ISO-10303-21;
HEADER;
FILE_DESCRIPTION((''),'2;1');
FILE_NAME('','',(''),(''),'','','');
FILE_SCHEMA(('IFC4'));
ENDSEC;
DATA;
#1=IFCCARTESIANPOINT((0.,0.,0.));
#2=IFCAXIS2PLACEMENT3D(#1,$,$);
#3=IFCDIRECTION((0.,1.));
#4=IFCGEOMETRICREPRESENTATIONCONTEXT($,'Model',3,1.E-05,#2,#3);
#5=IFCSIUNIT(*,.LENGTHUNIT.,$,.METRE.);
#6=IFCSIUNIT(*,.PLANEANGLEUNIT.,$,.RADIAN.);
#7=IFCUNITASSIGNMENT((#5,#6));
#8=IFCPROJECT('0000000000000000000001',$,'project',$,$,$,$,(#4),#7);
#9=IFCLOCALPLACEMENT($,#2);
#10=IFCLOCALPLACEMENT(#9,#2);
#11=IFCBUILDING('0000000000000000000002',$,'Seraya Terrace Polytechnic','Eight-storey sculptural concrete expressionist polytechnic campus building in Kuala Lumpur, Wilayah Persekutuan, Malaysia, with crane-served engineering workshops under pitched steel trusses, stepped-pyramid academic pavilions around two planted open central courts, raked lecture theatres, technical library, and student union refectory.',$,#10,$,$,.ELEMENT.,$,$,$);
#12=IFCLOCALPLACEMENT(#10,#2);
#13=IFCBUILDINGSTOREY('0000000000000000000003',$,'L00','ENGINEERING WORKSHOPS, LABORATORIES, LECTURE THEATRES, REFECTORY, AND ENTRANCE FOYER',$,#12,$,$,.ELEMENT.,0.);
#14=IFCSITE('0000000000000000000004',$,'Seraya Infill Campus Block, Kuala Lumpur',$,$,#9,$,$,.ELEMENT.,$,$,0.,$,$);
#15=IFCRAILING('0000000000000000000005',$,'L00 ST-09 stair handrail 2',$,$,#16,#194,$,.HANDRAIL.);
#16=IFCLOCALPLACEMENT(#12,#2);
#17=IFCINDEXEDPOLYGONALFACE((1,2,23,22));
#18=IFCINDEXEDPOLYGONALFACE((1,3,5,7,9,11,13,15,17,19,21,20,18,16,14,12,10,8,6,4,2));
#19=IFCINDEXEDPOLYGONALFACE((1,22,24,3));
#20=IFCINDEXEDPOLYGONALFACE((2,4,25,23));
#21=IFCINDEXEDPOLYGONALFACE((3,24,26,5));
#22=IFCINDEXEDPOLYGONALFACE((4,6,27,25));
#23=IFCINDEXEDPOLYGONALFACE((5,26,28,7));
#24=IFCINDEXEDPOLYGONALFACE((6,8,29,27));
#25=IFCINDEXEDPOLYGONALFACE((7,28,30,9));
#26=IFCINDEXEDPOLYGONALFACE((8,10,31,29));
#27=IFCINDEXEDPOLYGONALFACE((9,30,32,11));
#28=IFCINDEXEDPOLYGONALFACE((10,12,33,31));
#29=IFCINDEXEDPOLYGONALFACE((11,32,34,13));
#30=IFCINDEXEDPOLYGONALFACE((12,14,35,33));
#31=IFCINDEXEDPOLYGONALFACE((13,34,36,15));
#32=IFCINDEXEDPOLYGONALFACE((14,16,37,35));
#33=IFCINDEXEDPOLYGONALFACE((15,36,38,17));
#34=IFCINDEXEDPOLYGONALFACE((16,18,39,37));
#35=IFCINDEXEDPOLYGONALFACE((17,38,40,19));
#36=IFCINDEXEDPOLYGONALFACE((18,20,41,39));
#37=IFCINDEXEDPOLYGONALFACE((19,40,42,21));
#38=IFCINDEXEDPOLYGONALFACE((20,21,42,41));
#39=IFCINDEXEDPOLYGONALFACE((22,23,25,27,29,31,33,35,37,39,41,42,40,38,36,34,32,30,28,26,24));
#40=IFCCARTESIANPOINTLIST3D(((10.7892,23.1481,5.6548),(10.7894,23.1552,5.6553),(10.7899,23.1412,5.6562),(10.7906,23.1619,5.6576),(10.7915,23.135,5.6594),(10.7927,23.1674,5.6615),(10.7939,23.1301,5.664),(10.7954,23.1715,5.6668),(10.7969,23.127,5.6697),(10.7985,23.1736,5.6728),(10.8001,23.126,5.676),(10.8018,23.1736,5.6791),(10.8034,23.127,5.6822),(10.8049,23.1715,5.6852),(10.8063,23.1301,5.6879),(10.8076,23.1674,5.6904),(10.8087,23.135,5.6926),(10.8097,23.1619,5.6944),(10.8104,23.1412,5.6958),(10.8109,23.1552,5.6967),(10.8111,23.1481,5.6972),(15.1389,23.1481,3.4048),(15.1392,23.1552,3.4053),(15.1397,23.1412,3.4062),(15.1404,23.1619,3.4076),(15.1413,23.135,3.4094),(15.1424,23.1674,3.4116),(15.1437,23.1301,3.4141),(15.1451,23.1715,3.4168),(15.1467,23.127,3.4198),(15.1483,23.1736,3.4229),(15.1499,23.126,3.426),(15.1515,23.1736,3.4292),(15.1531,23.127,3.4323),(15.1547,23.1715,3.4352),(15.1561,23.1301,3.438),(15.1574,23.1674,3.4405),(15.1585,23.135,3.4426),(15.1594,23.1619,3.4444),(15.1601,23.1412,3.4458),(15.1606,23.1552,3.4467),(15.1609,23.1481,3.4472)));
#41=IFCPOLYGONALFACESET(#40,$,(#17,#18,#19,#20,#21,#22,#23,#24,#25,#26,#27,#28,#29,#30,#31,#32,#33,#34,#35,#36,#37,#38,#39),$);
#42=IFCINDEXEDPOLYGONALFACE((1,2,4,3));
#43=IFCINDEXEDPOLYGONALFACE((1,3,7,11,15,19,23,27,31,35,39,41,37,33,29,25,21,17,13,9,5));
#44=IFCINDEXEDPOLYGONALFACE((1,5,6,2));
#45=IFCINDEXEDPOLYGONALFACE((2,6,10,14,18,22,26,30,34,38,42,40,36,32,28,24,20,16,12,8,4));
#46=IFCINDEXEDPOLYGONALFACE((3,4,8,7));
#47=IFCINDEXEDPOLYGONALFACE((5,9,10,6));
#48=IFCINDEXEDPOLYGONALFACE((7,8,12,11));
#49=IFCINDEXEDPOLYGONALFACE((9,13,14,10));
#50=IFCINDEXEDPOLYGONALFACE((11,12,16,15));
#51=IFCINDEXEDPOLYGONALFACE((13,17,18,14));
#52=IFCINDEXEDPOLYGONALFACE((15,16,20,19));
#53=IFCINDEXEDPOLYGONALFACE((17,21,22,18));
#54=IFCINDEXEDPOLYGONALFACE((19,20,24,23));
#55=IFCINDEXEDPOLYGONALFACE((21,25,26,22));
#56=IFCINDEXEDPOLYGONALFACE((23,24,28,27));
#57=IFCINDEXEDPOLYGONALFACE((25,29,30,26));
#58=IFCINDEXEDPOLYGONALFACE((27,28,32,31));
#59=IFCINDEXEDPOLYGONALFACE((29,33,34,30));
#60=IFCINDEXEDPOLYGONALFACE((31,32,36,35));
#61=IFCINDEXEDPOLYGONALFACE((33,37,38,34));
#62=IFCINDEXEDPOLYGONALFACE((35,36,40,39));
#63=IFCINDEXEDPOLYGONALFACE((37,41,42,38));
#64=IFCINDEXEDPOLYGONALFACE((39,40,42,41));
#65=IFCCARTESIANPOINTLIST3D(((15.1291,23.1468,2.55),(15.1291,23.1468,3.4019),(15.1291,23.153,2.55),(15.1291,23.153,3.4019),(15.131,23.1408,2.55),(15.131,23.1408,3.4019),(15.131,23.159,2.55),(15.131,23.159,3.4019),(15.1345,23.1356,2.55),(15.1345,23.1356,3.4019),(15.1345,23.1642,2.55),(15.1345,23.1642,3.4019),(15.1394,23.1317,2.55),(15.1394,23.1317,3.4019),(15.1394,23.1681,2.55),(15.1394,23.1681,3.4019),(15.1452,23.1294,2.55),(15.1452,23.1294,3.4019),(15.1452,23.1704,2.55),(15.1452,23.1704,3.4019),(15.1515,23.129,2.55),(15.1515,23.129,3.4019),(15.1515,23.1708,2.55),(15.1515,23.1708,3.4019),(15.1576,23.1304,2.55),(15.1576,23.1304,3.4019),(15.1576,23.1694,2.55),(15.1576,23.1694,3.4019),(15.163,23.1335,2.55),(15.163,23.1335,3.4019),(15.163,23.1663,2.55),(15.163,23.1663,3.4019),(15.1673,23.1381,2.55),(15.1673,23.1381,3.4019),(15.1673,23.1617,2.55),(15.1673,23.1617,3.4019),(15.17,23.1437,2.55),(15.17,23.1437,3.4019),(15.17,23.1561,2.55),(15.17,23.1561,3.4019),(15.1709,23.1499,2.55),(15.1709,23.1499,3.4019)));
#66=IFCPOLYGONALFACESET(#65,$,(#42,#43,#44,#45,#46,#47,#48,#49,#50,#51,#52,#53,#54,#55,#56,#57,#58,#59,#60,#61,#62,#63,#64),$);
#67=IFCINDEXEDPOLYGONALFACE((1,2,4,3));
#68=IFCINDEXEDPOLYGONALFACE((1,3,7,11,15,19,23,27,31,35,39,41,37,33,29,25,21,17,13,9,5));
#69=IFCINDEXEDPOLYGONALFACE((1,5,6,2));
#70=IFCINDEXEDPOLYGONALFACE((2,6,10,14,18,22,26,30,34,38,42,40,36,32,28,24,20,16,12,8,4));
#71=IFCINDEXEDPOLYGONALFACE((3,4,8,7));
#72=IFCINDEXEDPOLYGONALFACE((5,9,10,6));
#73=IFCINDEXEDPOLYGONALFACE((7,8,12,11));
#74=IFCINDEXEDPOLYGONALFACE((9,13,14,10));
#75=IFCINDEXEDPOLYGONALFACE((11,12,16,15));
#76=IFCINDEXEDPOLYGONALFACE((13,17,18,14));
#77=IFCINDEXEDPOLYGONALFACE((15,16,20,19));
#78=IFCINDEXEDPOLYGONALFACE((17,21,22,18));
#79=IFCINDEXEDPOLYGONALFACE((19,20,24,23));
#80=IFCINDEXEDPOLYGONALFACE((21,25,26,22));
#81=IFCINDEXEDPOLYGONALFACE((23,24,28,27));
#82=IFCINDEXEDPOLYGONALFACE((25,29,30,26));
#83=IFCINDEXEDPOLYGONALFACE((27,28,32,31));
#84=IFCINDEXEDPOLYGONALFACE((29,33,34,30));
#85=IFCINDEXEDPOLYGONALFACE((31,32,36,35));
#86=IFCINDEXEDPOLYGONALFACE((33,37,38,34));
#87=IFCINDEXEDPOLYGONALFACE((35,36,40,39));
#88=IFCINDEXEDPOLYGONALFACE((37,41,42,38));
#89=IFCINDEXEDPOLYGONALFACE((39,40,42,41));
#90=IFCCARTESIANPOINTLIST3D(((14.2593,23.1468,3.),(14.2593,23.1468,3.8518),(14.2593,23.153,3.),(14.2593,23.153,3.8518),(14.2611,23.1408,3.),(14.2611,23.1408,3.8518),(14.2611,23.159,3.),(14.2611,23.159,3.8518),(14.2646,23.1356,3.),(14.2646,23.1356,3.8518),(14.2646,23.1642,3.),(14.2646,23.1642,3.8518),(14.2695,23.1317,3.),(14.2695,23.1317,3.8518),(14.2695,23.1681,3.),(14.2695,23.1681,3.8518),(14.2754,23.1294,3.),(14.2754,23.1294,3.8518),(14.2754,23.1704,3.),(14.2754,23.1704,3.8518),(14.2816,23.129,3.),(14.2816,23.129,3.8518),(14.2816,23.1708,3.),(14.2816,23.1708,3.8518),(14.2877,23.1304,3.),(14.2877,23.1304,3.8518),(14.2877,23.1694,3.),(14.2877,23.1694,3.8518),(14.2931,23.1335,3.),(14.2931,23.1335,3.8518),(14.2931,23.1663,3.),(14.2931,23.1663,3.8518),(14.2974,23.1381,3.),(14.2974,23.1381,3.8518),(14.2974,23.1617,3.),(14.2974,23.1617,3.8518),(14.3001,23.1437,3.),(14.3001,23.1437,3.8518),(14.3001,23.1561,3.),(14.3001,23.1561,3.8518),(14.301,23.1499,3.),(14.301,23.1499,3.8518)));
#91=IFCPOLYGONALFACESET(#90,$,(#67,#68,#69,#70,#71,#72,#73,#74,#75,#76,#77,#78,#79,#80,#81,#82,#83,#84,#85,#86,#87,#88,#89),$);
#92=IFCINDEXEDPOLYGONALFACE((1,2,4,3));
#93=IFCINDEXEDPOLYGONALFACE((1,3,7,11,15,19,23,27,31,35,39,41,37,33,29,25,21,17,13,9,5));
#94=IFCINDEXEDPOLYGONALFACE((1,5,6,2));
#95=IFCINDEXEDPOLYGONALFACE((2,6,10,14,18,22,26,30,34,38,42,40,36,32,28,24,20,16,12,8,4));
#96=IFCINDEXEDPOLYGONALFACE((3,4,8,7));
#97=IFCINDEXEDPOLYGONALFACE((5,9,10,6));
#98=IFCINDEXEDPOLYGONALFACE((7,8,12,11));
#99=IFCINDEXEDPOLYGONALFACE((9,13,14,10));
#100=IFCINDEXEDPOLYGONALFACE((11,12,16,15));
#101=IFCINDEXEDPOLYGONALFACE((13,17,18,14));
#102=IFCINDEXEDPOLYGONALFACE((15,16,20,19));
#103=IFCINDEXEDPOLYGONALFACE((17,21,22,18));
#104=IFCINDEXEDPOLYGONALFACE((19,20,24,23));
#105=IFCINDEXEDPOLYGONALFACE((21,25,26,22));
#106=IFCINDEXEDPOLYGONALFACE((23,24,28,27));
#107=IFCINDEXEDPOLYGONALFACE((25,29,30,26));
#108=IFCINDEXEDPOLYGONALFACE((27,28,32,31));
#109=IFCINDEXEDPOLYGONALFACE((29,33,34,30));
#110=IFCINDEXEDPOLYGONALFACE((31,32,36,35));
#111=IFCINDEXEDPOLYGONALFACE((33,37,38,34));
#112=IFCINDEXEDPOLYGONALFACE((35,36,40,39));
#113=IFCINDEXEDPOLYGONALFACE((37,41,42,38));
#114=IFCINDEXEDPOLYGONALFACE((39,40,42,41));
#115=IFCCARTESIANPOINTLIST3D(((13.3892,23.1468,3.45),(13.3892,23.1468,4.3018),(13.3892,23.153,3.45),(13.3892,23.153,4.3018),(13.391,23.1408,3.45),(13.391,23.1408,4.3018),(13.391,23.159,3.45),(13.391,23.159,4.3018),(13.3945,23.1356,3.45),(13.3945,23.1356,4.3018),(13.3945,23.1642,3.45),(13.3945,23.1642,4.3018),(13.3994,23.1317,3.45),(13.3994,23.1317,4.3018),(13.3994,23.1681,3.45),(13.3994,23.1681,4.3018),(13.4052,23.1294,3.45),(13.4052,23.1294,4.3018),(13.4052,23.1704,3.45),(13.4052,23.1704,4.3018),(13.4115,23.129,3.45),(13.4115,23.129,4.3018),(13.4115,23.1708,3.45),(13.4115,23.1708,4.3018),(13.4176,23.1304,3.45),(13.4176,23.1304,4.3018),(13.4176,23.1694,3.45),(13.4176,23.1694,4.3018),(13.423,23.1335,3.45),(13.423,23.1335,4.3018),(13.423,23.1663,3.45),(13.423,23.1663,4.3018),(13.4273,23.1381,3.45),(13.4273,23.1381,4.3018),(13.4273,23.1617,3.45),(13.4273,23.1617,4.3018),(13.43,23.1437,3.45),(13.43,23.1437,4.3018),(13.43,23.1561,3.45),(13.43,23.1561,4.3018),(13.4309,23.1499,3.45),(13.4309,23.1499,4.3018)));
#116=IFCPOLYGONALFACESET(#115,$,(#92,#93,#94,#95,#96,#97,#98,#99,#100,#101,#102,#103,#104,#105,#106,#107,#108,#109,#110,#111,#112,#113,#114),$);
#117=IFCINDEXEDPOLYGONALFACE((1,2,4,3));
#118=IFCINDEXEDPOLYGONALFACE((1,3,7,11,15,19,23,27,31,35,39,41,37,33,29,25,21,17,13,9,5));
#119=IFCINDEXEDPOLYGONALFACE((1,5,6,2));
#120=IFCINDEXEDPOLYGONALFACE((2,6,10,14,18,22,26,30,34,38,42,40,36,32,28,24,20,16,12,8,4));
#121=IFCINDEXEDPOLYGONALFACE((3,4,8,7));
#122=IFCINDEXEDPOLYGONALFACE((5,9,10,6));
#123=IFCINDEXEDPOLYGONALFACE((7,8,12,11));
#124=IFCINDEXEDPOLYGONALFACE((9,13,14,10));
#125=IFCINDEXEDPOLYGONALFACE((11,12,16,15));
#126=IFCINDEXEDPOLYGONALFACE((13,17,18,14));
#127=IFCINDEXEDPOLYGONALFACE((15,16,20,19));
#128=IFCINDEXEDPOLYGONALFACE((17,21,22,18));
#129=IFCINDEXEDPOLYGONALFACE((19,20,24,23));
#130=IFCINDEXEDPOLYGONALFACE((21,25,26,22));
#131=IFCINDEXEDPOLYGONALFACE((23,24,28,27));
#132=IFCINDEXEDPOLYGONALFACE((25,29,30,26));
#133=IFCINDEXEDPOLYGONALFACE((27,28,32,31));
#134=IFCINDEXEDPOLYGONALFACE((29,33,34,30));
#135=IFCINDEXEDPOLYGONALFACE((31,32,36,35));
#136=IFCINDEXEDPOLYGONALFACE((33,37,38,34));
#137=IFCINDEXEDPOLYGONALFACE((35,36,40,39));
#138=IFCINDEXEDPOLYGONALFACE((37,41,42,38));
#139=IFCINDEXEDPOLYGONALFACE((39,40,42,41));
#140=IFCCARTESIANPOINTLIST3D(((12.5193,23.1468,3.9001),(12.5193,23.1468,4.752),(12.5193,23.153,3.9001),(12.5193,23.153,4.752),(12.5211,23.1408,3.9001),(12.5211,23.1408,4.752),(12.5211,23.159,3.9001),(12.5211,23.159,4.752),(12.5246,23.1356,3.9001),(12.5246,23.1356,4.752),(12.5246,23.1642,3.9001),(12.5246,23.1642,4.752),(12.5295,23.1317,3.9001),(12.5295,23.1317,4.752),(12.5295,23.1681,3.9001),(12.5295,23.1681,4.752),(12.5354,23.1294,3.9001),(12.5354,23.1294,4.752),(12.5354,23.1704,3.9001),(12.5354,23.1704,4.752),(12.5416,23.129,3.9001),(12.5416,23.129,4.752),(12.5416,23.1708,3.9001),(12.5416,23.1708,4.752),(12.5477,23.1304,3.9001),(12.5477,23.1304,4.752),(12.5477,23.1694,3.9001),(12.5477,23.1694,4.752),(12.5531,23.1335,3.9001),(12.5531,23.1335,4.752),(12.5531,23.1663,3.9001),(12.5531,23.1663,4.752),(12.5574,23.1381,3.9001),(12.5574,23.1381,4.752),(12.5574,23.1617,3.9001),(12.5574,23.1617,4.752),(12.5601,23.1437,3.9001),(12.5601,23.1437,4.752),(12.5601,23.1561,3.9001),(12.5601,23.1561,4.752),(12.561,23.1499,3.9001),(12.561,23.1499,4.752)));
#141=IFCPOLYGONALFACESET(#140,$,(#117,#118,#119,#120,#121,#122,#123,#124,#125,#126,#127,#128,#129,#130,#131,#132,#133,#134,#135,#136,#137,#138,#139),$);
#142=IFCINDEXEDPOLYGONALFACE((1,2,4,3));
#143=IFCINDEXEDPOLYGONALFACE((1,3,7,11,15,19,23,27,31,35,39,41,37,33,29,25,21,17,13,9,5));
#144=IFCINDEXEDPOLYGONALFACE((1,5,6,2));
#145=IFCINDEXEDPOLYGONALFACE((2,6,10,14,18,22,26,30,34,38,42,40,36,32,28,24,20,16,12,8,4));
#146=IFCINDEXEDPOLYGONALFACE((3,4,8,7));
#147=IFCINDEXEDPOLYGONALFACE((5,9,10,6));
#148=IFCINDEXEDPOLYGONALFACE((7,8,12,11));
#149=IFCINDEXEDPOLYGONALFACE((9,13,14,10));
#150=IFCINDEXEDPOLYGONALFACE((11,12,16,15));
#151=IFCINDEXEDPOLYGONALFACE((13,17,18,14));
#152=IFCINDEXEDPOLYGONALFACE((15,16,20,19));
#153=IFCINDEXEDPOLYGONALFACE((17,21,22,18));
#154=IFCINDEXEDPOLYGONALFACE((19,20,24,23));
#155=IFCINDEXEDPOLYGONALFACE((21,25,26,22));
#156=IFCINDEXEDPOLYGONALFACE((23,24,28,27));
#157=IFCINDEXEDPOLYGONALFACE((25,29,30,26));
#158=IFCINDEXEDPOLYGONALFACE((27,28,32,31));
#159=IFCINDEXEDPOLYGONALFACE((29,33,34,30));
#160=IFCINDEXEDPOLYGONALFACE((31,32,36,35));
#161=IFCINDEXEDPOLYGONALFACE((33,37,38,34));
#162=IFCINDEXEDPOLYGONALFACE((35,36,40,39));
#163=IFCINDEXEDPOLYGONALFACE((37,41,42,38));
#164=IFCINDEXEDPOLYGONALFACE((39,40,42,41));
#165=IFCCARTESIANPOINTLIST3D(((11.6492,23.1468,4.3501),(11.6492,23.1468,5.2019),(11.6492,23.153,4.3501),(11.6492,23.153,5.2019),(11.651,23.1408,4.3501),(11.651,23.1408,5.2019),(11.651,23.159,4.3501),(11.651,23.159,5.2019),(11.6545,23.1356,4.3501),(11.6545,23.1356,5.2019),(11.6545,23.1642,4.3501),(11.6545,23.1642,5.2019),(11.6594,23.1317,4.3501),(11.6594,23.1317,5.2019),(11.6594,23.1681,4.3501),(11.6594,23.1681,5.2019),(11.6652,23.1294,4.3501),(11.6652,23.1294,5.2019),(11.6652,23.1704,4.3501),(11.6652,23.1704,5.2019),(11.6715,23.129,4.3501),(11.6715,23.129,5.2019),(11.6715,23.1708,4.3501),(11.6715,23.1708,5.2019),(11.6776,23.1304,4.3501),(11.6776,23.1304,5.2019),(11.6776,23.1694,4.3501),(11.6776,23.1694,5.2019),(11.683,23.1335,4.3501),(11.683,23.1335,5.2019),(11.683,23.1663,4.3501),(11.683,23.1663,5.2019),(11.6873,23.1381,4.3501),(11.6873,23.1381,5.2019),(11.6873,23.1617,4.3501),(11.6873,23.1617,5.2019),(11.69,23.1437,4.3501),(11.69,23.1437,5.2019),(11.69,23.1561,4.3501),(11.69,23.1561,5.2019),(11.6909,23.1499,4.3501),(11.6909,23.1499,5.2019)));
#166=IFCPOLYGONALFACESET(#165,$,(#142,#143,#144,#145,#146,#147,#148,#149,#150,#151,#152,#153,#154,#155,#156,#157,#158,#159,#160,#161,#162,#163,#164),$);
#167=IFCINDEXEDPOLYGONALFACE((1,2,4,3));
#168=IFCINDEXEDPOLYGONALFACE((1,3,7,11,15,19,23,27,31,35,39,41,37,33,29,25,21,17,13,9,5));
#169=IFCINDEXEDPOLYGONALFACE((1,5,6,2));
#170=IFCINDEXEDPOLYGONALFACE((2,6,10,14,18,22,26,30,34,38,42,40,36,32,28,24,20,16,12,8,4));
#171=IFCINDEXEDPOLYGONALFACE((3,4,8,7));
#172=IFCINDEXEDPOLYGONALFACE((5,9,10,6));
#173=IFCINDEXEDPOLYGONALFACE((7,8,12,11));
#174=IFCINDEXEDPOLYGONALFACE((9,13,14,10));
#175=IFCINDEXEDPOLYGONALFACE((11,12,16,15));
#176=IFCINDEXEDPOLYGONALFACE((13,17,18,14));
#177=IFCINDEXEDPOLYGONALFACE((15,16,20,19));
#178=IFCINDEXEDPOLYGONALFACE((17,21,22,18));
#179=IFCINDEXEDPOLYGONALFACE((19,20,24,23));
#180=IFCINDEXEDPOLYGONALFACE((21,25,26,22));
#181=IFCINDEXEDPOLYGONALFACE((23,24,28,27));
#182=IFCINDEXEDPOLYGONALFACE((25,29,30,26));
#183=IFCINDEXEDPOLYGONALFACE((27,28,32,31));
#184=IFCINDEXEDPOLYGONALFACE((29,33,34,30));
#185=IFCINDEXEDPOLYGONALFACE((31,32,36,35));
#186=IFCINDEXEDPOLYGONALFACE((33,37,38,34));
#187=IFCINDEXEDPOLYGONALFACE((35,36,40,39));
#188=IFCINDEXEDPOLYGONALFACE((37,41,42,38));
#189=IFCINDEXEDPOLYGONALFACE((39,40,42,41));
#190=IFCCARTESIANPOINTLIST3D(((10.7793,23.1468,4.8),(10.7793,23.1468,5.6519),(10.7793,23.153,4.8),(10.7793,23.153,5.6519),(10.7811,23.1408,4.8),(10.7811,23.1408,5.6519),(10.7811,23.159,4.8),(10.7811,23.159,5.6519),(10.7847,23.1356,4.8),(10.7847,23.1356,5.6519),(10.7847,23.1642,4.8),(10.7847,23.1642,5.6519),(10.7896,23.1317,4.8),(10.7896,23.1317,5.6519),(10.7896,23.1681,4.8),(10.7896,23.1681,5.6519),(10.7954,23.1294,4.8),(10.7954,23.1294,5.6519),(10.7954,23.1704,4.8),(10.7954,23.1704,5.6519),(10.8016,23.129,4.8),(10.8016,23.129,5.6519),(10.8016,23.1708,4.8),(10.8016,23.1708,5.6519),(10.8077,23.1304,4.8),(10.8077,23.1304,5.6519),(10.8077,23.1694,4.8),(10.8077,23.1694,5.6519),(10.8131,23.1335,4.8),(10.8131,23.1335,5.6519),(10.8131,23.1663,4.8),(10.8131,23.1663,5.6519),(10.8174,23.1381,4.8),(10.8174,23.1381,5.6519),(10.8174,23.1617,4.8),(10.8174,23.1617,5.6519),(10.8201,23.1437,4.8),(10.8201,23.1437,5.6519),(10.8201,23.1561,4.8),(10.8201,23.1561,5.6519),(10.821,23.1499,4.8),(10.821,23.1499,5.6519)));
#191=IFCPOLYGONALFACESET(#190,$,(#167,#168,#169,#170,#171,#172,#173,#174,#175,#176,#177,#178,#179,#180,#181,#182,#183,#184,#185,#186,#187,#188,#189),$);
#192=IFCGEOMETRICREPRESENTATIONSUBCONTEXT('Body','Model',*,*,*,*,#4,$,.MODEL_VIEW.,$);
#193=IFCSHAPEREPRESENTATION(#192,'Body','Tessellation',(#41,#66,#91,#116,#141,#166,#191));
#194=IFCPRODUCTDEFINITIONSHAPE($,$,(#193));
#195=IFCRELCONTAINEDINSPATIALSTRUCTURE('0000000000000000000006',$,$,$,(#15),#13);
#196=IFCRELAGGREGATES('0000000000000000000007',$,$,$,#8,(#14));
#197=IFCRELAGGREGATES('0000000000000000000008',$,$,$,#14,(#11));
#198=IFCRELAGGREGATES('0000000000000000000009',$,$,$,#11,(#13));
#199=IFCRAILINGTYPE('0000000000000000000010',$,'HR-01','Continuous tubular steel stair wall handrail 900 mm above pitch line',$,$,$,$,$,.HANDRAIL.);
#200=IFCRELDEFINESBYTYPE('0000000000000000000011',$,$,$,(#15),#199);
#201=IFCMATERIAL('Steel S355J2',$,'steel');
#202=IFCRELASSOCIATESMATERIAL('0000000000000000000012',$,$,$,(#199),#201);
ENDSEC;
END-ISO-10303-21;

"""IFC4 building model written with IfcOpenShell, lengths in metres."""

from ifc_helpers import new_model, si_unit, direction, frame, origin, origin_2d, place, context, subcontext, project, spatial, circle, extrude, material, type_object, element, save


model = new_model("IFC4")

# Units and contexts
model_context = context("Model", 3, precision=1e-05, world=origin(), true_north=direction((0.0, 1.0)))
body_context = subcontext(model_context, "Body", "Model", "MODEL_VIEW")
ifc_project = project(units=[si_unit("LENGTHUNIT", "METRE"), si_unit("PLANEANGLEUNIT", "RADIAN")], contexts=[model_context])

# Site, building, storey
site_placement = place(None, origin())
site = spatial("IfcSite", under=ifc_project, at=site_placement, Name="Seraya Infill Campus Block, Kuala Lumpur", CompositionType="ELEMENT", RefElevation=0.0)
building_placement = place(site_placement, origin())
building = spatial("IfcBuilding", under=site, at=building_placement, Name="Seraya Terrace Polytechnic", Description="Eight-storey sculptural concrete expressionist polytechnic campus building in Kuala Lumpur, Wilayah Persekutuan, Malaysia, with crane-served engineering workshops under pitched steel trusses, stepped-pyramid academic pavilions around two planted open central courts, raked lecture theatres, technical library, and student union refectory.", CompositionType="ELEMENT")
storey_placement = place(building_placement, origin())
storey = spatial("IfcBuildingStorey", under=building, at=storey_placement, Name="L00", Description="ENGINEERING WORKSHOPS, LABORATORIES, LECTURE THEATRES, REFECTORY, AND ENTRANCE FOYER", CompositionType="ELEMENT", Elevation=0.0)

# Shared definitions
ifc_material_1 = material(Name="Steel S355J2", Category="steel")

# Railing
railing_type_1 = type_object("IfcRailingType", Name="HR-01", Description="Continuous tubular steel stair wall handrail 900 mm above pitch line", PredefinedType="HANDRAIL", material=ifc_material_1)
railing_1_placement = place(storey_placement, frame((15.1499, 23.1499, 2.55)))
element("IfcRailing", 1, at=railing_1_placement, inside=storey, type_object=railing_type_1, Name="L00 ST-09 stair handrail 2", PredefinedType="HANDRAIL", context=body_context, shape_type="SweptSolid", body=[
    extrude(circle(Radius=0.0239, at=origin_2d()), frame((0.0, 0.0, 0.876), z_axis=(-0.888211, 0.0, 0.459435), x_axis=(0.0, -1.0, 0.0)), (0.0, 0.0, 1.0), 4.8972),
    extrude(circle(Radius=0.021, at=origin_2d()), origin(), (0.0, 0.0, 1.0), 0.8518),
    extrude(circle(Radius=0.021, at=origin_2d()), frame((-0.8699, 0.0, 0.45)), (0.0, 0.0, 1.0), 0.8518),
    extrude(circle(Radius=0.021, at=origin_2d()), frame((-1.74, 0.0, 0.8999)), (0.0, 0.0, 1.0), 0.8518),
    extrude(circle(Radius=0.021, at=origin_2d()), frame((-2.6099, 0.0, 1.3501)), (0.0, 0.0, 1.0), 0.8518),
    extrude(circle(Radius=0.021, at=origin_2d()), frame((-3.48, 0.0, 1.8)), (0.0, 0.0, 1.0), 0.8518),
    extrude(circle(Radius=0.021, at=origin_2d()), frame((-4.3499, 0.0, 2.25)), (0.0, 0.0, 1.0), 0.8518),
])

save(model, "model.ifc")
